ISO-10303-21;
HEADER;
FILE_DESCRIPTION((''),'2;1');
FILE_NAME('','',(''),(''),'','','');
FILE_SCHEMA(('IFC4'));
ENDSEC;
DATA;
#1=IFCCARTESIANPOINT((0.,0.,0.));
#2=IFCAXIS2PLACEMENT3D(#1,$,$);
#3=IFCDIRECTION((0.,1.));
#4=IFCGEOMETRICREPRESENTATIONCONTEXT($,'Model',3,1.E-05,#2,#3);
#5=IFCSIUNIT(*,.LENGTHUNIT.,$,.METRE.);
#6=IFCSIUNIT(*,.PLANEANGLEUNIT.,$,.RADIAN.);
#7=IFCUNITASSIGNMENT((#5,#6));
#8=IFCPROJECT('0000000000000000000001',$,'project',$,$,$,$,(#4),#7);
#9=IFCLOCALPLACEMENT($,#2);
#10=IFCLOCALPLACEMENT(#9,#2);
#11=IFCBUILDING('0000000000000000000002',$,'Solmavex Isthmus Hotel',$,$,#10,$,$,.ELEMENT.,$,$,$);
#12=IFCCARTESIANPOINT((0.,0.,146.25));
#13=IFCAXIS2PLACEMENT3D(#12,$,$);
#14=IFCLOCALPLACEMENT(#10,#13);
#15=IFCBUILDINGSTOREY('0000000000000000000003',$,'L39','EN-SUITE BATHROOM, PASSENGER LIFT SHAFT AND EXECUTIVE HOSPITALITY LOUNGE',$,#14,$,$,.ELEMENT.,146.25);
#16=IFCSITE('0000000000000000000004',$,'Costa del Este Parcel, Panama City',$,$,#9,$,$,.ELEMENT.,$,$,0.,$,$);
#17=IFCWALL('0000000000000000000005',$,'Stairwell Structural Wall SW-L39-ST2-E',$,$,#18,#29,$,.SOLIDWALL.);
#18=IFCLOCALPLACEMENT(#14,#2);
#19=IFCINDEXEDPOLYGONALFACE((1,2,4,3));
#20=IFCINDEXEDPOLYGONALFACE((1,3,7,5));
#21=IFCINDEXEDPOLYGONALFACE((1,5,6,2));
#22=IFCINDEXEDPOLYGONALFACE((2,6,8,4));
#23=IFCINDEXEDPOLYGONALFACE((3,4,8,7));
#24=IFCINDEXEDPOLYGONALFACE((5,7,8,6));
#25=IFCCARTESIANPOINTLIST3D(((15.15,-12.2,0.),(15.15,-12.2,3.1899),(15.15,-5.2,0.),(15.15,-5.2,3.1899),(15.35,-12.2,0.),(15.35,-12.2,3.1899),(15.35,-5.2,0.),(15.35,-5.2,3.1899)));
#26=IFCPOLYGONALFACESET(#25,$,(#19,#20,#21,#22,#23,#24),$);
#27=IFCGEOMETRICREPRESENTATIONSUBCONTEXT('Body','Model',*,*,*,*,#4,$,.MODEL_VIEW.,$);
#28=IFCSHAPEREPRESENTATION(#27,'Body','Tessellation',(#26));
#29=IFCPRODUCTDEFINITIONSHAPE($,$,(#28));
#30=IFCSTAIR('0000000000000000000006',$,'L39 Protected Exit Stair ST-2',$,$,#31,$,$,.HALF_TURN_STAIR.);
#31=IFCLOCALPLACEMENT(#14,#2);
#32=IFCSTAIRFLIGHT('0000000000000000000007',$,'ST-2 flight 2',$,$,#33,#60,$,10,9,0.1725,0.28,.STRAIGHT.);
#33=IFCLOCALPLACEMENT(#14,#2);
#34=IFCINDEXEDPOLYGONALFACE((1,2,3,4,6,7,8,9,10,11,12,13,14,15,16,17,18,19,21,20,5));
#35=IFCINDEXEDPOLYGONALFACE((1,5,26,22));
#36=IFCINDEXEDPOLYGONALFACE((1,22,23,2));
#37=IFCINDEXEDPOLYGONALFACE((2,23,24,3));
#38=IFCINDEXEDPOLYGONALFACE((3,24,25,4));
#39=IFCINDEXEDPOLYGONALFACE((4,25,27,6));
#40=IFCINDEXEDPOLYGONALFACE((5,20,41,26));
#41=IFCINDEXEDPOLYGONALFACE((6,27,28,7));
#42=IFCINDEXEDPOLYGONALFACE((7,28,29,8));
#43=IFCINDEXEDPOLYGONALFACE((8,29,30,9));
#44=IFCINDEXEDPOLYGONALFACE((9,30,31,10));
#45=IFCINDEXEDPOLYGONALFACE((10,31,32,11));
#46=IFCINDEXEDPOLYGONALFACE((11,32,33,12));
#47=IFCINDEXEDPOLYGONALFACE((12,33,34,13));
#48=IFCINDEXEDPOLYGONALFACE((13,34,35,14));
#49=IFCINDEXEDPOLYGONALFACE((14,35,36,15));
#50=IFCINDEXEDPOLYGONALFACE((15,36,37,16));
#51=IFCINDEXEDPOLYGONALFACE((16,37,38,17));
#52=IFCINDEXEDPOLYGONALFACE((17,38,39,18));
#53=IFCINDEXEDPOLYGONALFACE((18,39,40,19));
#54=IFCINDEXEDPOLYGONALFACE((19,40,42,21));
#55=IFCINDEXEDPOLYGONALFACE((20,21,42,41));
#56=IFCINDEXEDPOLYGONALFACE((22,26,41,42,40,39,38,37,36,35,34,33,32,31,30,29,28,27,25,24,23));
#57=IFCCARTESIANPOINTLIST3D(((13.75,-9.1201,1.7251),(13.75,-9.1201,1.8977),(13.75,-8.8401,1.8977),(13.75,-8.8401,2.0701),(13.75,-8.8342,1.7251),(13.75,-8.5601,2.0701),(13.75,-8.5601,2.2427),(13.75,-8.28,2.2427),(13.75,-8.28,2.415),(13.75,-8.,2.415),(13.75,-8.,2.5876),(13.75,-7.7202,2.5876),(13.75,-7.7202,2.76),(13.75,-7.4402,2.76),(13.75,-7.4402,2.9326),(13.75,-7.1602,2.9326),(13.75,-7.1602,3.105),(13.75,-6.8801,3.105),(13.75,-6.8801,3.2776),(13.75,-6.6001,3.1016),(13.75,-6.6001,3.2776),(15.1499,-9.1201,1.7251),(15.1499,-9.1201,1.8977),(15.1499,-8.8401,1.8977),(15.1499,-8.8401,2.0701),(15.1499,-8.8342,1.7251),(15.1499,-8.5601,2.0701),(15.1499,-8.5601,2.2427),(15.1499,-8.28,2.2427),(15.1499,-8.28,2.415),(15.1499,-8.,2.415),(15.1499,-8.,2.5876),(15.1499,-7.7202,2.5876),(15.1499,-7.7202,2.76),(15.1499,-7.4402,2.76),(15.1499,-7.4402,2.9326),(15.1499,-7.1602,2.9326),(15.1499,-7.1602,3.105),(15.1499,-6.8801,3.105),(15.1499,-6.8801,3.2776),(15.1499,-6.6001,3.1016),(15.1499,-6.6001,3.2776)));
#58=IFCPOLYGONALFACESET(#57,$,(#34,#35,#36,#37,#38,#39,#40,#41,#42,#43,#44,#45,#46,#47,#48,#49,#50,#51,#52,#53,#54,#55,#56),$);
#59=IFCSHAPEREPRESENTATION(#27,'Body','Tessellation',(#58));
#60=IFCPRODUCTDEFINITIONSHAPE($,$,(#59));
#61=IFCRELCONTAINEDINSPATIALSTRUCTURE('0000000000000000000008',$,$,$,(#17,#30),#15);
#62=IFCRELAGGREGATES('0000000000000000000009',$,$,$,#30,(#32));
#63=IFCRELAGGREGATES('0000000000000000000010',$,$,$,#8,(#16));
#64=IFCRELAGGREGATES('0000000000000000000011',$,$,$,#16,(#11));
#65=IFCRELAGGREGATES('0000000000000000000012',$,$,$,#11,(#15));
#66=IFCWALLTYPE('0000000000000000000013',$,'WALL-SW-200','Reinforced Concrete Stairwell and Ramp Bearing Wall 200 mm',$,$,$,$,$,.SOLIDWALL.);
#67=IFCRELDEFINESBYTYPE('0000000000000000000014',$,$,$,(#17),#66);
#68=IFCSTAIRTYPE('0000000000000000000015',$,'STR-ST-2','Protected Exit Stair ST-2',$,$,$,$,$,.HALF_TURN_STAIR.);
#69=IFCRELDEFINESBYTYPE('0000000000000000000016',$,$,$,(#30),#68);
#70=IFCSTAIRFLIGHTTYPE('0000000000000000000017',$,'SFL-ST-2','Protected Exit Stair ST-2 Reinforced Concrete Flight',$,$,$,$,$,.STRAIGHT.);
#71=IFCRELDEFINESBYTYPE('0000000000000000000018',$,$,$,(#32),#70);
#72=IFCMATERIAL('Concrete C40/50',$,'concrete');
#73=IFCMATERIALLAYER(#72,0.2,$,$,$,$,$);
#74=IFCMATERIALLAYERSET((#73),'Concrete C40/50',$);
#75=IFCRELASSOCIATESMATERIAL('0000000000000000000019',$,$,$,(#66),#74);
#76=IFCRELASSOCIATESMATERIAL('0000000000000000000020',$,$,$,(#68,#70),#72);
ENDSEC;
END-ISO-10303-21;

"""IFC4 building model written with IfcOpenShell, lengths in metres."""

from ifc_helpers import new_model, si_unit, direction, frame, frame_2d, origin, place, context, subcontext, project, spatial, polyline, rectangle, outline, extrude, material, layer, layer_set, type_object, element, aggregate, save


model = new_model("IFC4")

# Units and contexts
model_context = context("Model", 3, precision=1e-05, world=origin(), true_north=direction((0.0, 1.0)))
body_context = subcontext(model_context, "Body", "Model", "MODEL_VIEW")
ifc_project = project(units=[si_unit("LENGTHUNIT", "METRE"), si_unit("PLANEANGLEUNIT", "RADIAN")], contexts=[model_context])

# Site, building, storey
site_placement = place(None, origin())
site = spatial("IfcSite", under=ifc_project, at=site_placement, Name="Costa del Este Parcel, Panama City", CompositionType="ELEMENT", RefElevation=0.0)
building_placement = place(site_placement, origin())
building = spatial("IfcBuilding", under=site, at=building_placement, Name="Solmavex Isthmus Hotel", CompositionType="ELEMENT")
storey_placement = place(building_placement, frame((0.0, 0.0, 146.25)))
storey = spatial("IfcBuildingStorey", under=building, at=storey_placement, Name="L39", Description="EN-SUITE BATHROOM, PASSENGER LIFT SHAFT AND EXECUTIVE HOSPITALITY LOUNGE", CompositionType="ELEMENT", Elevation=146.25)

# Wall
ifc_material_1 = material(Name="Concrete C40/50", Category="concrete")
ifc_layer_1 = layer(ifc_material_1, 0.2)
ifc_layer_set_1 = layer_set([ifc_layer_1], Name="Concrete C40/50")
wall_type_1 = type_object("IfcWallType", Name="WALL-SW-200", Description="Reinforced Concrete Stairwell and Ramp Bearing Wall 200 mm", PredefinedType="SOLIDWALL", material=ifc_layer_set_1)
wall_1_placement = place(storey_placement, frame((15.25, -12.2, 0.0), z_axis=(0.0, 0.0, 1.0), x_axis=(0.0, 1.0, 0.0)))
element("IfcWall", 1, at=wall_1_placement, inside=storey, type_object=wall_type_1, Name="Stairwell Structural Wall SW-L39-ST2-E", PredefinedType="SOLIDWALL", context=body_context, shape_type="SweptSolid", body=[
    extrude(rectangle(XDim=7.0, YDim=0.2, at=frame_2d((3.5, 0.0))), origin(), (0.0, 0.0, 1.0), 3.1899),
])

# Stair, stair flight
stair_type = type_object("IfcStairType", Name="STR-ST-2", Description="Protected Exit Stair ST-2", PredefinedType="HALF_TURN_STAIR", material=ifc_material_1)
stair_placement = place(storey_placement, origin())
stair = element("IfcStair", 2, at=stair_placement, inside=storey, type_object=stair_type, Name="L39 Protected Exit Stair ST-2", PredefinedType="HALF_TURN_STAIR")
stair_flight_type = type_object("IfcStairFlightType", Name="SFL-ST-2", Description="Protected Exit Stair ST-2 Reinforced Concrete Flight", PredefinedType="STRAIGHT", material=ifc_material_1)
stair_flight_placement = place(storey_placement, frame((14.45, -9.1201, 1.7251), z_axis=(0.0, 0.0, 1.0), x_axis=(0.0, 1.0, 0.0)))
stair_flight = element("IfcStairFlight", 3, at=stair_flight_placement, type_object=stair_flight_type, Name="ST-2 flight 2", NumberOfRisers=10, NumberOfTreads=9, PredefinedType="STRAIGHT", RiserHeight=0.1725, TreadLength=0.28, context=body_context, shape_type="SweptSolid", body=[
    extrude(outline(polyline([(0.0, 0.0), (0.0, 0.1726), (0.28, 0.1726), (0.28, 0.345), (0.5601, 0.345), (0.5601, 0.5176), (0.8401, 0.5176), (0.8401, 0.6899), (1.1201, 0.6899), (1.1201, 0.8625), (1.3999, 0.8625), (1.3999, 1.0349), (1.6799, 1.0349), (1.6799, 1.2075), (1.96, 1.2075), (1.96, 1.3799), (2.24, 1.3799), (2.24, 1.5525), (2.52, 1.5525), (2.52, 1.7251), (2.52, 1.3765), (0.2859, 0.0), (0.0, 0.0)])), frame((0.0, 0.7, 0.0), z_axis=(0.0, -1.0, 0.0), x_axis=(1.0, 0.0, 0.0)), (0.0, 0.0, 1.0), 1.3999),
])
aggregate(stair, [stair_flight])

save(model, "model.ifc")
